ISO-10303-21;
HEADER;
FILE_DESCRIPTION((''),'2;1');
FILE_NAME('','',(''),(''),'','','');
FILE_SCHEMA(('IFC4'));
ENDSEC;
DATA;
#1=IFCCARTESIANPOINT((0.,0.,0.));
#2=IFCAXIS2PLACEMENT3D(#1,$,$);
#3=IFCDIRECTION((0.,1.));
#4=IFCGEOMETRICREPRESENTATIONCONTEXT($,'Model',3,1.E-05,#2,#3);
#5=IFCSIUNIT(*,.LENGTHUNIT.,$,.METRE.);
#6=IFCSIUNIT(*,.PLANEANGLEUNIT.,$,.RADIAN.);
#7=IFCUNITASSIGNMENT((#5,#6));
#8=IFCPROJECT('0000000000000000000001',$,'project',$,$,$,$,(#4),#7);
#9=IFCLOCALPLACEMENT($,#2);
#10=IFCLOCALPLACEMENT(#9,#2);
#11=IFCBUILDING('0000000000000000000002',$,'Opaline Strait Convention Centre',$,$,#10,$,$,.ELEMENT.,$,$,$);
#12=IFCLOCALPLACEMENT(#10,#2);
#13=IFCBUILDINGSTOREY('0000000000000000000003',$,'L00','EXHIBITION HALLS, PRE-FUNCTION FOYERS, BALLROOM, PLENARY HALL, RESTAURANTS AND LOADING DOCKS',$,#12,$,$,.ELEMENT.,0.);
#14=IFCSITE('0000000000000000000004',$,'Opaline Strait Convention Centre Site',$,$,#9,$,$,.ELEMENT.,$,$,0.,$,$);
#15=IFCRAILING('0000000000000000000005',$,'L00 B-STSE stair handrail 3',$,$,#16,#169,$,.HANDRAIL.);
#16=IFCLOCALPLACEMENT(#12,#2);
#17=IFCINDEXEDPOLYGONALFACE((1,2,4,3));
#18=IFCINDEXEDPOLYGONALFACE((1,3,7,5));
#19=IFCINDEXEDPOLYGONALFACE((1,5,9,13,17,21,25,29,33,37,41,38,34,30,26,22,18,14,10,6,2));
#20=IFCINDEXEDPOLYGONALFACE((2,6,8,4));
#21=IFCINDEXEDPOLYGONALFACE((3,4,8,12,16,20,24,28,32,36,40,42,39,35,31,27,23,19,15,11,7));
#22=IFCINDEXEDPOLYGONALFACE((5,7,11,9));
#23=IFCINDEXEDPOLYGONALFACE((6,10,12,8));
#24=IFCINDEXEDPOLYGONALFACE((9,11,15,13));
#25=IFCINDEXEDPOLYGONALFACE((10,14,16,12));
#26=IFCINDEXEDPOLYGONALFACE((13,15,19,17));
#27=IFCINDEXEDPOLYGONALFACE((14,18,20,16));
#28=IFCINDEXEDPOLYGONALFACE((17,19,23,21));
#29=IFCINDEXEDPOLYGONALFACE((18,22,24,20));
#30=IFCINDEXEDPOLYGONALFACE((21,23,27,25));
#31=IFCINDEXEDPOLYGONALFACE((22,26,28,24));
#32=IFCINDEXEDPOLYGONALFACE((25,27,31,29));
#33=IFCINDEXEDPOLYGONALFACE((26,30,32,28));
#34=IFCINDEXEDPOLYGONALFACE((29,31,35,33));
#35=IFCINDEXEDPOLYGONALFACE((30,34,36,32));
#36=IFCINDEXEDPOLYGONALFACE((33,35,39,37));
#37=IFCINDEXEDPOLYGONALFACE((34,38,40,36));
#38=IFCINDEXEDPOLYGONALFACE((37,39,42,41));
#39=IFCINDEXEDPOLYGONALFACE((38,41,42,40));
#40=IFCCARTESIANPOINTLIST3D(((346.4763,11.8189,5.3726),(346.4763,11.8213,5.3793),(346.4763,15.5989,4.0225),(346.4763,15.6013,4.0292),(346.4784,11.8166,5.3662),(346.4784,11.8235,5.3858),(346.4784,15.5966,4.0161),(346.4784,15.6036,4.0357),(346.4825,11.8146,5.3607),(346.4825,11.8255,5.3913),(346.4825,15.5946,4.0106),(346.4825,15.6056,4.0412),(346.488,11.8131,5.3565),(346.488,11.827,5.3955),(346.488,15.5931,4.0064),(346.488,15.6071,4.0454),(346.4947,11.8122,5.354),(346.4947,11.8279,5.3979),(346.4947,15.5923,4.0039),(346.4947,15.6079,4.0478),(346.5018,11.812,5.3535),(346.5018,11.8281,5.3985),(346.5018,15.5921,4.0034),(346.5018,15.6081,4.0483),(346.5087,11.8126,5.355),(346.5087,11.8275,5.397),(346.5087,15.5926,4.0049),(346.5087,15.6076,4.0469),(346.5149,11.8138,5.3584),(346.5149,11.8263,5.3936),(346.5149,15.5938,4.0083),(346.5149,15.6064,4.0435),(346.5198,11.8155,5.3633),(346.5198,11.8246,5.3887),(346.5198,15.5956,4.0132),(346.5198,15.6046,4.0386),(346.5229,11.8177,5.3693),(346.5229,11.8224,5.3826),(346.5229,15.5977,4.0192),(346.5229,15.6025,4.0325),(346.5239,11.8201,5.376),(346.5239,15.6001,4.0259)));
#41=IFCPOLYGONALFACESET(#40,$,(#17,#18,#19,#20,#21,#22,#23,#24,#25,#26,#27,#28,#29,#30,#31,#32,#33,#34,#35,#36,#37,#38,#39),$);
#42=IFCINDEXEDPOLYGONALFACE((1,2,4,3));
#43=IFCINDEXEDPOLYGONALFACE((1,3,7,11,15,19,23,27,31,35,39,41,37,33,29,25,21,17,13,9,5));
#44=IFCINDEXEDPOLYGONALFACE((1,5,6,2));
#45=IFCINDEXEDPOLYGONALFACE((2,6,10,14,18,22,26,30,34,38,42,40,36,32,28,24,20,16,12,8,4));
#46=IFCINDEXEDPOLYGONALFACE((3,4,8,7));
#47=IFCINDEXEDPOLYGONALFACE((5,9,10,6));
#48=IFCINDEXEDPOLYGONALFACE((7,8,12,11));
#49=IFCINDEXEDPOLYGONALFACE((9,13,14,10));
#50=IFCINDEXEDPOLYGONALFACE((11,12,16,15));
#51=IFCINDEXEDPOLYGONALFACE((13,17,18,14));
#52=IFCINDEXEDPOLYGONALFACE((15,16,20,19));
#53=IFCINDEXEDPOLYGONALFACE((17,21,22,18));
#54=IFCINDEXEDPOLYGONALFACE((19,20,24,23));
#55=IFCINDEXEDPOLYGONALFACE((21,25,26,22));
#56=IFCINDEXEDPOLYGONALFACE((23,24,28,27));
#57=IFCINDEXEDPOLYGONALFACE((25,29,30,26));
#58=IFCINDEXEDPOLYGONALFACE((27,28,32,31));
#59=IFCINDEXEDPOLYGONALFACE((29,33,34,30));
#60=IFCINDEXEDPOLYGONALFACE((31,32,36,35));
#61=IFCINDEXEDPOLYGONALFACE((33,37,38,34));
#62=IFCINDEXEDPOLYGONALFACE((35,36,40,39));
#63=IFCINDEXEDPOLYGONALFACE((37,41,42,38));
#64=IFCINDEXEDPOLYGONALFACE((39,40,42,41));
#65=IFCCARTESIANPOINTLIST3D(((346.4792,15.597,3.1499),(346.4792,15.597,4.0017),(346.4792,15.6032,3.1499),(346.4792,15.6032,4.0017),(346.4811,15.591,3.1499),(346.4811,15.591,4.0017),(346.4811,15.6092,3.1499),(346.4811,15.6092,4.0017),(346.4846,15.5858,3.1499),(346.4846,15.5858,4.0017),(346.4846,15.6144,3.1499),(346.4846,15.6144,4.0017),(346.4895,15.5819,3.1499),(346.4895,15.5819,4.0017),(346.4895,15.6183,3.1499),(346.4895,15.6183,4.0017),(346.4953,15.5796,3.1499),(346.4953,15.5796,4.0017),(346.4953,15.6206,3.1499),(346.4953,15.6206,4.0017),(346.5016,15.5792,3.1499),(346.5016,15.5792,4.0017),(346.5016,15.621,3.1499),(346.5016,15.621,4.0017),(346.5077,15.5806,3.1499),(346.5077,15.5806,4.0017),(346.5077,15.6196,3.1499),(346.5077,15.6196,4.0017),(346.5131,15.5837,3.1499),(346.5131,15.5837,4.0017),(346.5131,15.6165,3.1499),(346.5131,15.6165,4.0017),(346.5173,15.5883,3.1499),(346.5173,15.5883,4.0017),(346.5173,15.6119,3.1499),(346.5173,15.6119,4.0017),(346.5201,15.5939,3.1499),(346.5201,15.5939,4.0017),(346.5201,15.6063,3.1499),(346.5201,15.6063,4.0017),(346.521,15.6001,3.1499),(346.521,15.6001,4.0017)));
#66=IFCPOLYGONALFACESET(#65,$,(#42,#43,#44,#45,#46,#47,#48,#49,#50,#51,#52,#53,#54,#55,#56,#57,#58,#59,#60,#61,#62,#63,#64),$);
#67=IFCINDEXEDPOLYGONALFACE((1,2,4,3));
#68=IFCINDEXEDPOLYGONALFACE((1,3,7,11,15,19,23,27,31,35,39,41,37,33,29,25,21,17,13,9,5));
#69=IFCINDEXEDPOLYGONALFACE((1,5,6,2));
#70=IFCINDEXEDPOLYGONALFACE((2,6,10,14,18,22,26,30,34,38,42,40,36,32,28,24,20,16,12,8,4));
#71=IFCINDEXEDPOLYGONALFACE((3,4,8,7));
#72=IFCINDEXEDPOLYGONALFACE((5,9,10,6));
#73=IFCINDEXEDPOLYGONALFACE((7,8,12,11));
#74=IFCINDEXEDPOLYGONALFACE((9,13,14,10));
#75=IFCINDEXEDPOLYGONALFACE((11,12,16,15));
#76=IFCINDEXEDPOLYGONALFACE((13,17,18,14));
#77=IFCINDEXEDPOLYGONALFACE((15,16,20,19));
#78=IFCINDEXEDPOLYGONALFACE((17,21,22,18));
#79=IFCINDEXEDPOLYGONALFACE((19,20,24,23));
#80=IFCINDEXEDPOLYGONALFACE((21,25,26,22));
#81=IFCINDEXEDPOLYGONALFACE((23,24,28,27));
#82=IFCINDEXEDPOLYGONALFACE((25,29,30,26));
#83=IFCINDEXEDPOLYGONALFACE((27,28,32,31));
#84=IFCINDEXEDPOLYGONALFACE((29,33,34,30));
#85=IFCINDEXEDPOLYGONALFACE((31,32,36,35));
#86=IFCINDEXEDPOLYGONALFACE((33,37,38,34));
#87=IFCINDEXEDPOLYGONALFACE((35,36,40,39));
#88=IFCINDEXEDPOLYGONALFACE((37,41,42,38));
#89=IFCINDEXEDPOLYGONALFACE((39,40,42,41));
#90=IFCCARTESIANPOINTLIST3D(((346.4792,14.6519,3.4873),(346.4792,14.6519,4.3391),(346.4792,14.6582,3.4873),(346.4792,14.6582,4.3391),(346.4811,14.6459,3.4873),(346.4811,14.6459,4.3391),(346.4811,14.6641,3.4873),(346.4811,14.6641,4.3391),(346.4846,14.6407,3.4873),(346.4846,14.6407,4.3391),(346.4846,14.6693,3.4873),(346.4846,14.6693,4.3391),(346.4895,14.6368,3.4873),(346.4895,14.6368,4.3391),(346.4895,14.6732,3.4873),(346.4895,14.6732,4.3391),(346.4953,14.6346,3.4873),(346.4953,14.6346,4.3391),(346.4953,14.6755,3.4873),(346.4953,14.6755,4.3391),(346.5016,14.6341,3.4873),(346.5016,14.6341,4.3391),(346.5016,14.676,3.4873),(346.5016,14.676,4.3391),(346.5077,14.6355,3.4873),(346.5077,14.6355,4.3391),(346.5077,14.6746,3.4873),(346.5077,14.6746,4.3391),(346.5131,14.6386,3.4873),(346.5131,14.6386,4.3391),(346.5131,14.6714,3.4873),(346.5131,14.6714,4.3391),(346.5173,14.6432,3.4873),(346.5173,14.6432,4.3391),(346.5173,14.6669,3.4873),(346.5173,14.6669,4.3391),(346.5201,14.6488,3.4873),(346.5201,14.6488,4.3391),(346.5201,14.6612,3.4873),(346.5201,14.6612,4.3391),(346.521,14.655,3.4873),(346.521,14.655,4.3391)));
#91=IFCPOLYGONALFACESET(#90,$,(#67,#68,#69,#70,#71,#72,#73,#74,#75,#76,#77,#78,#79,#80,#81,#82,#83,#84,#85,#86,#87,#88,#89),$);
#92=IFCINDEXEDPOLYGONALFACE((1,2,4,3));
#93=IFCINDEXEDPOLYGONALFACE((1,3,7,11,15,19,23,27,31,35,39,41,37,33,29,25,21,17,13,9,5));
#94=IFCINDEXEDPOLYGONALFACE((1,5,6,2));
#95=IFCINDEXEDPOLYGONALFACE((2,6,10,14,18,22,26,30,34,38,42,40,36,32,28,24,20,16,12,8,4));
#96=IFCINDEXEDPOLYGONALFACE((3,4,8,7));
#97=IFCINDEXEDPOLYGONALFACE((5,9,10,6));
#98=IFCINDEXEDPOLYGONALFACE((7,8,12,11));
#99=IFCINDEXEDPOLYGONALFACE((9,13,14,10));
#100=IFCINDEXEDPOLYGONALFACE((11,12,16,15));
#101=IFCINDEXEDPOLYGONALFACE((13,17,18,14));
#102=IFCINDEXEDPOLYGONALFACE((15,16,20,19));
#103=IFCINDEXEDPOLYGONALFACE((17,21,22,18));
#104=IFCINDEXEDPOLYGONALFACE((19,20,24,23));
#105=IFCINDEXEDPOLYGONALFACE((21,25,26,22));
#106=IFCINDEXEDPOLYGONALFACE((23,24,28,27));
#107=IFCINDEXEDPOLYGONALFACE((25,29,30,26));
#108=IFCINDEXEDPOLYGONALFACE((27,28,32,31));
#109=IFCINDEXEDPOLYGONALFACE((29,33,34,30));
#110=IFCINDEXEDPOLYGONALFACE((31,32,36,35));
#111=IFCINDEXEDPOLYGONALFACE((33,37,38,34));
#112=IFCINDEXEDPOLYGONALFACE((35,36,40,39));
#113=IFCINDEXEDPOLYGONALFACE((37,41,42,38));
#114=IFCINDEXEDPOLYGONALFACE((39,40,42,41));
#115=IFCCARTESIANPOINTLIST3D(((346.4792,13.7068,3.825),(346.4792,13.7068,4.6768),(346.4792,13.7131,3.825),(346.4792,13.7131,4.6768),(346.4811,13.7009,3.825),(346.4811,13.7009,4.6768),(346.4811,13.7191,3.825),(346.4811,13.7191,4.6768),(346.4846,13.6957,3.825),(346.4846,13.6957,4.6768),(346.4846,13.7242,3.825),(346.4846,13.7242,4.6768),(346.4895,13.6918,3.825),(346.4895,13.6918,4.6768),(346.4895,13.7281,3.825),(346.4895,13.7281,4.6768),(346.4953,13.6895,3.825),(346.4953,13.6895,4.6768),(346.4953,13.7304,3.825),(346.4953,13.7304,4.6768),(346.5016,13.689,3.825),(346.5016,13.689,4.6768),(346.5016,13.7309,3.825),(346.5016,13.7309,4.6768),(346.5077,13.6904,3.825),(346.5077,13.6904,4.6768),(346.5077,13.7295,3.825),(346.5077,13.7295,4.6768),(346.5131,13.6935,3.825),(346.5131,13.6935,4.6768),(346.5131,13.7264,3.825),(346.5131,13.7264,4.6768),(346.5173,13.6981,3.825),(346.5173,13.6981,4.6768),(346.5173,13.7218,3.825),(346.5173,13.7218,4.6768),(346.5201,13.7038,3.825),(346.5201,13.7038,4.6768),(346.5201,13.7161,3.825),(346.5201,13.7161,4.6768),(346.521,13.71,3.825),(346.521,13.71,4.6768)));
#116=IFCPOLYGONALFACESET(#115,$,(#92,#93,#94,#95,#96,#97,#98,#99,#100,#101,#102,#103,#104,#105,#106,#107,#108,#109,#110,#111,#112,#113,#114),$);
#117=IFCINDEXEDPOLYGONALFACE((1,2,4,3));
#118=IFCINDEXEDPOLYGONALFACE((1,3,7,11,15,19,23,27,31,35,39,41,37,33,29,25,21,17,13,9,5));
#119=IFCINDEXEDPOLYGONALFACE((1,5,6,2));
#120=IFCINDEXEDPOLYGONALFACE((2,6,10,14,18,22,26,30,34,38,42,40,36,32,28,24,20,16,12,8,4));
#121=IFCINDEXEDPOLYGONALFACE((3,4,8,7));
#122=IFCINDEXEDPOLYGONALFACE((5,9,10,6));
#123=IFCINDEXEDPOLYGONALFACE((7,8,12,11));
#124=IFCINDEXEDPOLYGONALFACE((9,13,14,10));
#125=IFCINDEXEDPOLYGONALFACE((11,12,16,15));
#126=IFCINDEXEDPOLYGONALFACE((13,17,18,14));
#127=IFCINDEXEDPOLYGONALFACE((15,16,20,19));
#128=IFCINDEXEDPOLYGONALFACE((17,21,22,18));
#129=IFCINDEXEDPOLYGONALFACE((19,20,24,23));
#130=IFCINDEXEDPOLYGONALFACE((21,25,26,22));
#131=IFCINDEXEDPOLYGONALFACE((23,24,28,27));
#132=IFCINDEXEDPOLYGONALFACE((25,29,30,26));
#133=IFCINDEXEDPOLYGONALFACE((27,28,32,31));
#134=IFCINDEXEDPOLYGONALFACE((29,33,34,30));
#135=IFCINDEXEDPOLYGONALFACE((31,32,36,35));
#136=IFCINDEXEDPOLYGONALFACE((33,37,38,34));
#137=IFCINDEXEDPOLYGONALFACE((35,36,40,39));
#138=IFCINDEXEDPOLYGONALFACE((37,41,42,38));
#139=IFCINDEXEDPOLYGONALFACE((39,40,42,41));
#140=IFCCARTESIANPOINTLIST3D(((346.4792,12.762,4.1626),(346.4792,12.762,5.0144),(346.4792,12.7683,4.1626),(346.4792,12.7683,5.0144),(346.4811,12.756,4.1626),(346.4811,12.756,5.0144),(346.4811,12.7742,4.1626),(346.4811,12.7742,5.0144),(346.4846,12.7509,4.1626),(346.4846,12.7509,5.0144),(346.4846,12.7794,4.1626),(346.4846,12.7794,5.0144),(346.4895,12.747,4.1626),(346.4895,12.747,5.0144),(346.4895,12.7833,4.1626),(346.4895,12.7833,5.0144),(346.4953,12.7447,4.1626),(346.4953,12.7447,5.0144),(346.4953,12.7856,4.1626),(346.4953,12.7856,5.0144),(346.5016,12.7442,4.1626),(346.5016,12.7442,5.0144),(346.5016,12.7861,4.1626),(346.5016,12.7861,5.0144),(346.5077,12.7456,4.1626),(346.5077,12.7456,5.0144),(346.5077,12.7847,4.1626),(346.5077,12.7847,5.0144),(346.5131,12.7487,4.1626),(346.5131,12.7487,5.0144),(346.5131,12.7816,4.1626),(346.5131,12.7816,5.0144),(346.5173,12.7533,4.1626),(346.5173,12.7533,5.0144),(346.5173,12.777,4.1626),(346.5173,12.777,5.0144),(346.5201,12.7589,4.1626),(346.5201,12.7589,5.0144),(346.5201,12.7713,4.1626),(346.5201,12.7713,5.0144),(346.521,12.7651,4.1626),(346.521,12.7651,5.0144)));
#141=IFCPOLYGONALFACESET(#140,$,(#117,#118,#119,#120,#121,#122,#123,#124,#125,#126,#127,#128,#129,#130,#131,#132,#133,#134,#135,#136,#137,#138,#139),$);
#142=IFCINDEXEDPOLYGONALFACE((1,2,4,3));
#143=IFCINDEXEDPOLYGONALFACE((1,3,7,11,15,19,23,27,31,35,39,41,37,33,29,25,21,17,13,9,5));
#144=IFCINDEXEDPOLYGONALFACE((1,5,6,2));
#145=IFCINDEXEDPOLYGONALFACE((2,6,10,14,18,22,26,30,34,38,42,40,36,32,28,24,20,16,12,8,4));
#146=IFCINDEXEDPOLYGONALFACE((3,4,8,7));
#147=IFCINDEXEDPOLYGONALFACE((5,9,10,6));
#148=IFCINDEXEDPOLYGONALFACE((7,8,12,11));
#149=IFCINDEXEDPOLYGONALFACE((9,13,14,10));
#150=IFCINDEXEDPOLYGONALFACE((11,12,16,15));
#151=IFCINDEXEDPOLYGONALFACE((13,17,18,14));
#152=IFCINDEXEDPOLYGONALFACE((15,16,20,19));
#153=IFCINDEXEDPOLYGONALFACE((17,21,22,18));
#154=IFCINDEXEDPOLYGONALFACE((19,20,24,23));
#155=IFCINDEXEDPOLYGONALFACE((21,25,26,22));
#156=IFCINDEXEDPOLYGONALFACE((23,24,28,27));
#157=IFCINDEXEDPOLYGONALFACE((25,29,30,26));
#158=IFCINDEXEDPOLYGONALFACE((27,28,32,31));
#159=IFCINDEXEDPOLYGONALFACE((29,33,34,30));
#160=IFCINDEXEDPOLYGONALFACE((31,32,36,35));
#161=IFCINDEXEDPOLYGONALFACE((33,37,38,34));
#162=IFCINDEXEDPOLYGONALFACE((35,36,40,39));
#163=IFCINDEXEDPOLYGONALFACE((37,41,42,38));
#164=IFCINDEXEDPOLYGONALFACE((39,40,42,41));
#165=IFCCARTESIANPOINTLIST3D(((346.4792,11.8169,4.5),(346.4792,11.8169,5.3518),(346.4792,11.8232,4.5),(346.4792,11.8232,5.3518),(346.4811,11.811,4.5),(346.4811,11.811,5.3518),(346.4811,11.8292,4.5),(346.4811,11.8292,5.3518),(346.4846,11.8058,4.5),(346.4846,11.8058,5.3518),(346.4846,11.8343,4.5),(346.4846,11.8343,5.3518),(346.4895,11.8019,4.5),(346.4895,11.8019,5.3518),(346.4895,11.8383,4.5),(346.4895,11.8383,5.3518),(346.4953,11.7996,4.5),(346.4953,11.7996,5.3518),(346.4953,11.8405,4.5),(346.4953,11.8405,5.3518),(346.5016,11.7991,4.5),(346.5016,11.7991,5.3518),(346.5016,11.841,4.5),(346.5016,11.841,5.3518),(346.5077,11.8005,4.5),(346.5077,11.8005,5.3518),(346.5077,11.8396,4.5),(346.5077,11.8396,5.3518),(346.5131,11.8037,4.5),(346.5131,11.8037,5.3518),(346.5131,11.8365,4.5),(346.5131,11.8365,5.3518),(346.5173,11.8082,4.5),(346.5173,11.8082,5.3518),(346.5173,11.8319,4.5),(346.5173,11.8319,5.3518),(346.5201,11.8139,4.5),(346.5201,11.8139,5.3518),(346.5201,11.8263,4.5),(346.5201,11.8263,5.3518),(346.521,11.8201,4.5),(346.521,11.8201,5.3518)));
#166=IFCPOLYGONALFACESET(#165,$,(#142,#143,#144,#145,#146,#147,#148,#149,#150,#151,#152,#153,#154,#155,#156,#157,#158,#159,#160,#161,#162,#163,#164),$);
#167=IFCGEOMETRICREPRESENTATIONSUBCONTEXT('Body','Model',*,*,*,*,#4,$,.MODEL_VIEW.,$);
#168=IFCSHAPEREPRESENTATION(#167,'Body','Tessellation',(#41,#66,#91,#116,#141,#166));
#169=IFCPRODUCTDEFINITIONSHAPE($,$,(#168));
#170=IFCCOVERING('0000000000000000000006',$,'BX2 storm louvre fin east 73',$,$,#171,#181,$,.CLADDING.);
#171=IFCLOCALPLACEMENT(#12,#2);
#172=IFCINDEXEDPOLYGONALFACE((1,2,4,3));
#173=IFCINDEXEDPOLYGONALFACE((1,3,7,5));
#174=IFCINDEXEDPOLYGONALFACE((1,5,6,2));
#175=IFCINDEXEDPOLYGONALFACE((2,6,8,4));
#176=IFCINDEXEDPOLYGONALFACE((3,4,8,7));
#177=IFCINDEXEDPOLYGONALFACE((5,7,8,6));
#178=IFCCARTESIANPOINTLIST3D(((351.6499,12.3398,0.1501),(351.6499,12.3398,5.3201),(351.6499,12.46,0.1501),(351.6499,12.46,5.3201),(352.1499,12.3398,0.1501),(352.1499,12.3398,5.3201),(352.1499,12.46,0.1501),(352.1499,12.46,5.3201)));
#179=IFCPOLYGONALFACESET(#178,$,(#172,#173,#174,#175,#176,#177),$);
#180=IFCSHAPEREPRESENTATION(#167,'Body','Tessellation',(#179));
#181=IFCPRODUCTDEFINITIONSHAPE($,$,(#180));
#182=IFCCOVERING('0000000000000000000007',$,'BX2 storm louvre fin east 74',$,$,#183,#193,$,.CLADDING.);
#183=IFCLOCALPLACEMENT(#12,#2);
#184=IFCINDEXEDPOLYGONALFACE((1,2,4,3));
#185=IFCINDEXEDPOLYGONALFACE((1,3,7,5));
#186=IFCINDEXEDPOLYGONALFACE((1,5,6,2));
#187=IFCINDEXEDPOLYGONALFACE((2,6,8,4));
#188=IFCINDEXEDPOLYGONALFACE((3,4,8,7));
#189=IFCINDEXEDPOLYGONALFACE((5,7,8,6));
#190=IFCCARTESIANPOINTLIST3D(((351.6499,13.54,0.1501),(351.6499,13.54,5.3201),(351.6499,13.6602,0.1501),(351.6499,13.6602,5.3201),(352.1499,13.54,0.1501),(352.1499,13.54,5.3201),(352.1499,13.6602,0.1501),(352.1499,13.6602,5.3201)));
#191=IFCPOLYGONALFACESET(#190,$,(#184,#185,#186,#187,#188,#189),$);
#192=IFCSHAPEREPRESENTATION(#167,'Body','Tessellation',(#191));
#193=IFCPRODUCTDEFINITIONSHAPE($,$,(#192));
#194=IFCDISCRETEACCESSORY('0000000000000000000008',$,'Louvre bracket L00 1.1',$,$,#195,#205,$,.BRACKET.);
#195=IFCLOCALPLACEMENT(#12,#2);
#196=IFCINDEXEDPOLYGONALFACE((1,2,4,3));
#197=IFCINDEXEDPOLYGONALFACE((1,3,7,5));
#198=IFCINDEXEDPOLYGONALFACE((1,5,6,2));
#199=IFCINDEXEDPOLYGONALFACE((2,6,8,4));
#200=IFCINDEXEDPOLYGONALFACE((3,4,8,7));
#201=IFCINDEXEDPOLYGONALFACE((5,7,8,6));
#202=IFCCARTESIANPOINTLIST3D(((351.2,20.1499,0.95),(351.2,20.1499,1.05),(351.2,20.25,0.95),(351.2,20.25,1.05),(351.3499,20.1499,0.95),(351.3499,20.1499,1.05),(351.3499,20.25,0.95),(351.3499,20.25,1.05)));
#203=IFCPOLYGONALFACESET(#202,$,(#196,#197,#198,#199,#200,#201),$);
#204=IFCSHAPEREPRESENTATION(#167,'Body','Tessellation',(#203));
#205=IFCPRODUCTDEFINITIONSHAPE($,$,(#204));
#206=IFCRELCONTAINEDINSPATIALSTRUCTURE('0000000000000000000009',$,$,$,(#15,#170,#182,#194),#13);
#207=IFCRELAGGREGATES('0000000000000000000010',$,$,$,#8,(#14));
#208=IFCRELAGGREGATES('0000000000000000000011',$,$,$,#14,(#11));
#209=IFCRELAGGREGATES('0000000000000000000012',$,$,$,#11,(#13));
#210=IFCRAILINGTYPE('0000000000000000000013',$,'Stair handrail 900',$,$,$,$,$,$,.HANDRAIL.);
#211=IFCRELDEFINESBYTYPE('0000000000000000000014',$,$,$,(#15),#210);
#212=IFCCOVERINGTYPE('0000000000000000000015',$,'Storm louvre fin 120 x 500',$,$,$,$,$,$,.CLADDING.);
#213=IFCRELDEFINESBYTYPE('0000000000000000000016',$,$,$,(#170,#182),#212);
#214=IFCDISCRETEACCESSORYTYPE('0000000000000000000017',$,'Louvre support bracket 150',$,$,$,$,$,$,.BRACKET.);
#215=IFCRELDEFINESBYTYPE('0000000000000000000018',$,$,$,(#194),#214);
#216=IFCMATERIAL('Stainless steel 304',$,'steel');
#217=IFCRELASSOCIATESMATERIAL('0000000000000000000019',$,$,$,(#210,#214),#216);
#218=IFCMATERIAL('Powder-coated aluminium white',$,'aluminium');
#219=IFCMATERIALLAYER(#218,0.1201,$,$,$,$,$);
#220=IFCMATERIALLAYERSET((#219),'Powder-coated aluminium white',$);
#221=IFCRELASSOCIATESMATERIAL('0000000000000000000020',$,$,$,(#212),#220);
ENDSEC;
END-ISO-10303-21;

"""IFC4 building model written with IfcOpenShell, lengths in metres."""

from ifc_helpers import new_model, si_unit, direction, frame, origin, origin_2d, place, context, subcontext, project, spatial, rectangle, circle, extrude, material, layer, layer_set, type_object, element, save


model = new_model("IFC4")

# Units and contexts
model_context = context("Model", 3, precision=1e-05, world=origin(), true_north=direction((0.0, 1.0)))
body_context = subcontext(model_context, "Body", "Model", "MODEL_VIEW")
ifc_project = project(units=[si_unit("LENGTHUNIT", "METRE"), si_unit("PLANEANGLEUNIT", "RADIAN")], contexts=[model_context])

# Site, building, storey
site_placement = place(None, origin())
site = spatial("IfcSite", under=ifc_project, at=site_placement, Name="Opaline Strait Convention Centre Site", CompositionType="ELEMENT", RefElevation=0.0)
building_placement = place(site_placement, origin())
building = spatial("IfcBuilding", under=site, at=building_placement, Name="Opaline Strait Convention Centre", CompositionType="ELEMENT")
storey_placement = place(building_placement, origin())
storey = spatial("IfcBuildingStorey", under=building, at=storey_placement, Name="L00", Description="EXHIBITION HALLS, PRE-FUNCTION FOYERS, BALLROOM, PLENARY HALL, RESTAURANTS AND LOADING DOCKS", CompositionType="ELEMENT", Elevation=0.0)

# Railing
ifc_material_1 = material(Name="Stainless steel 304", Category="steel")
railing_type_1 = type_object("IfcRailingType", Name="Stair handrail 900", PredefinedType="HANDRAIL", material=ifc_material_1)
for number, where, name in (
    (1, (346.5, 15.6001, 3.1499), "L00 B-STSE stair handrail 3"),
):
    element("IfcRailing", number, at=place(storey_placement, frame(where)), inside=storey, type_object=railing_type_1, Name=name, PredefinedType="HANDRAIL", context=body_context, shape_type="SweptSolid", body=[
        extrude(circle(Radius=0.0239, at=origin_2d()), frame((0.0, 0.0, 0.876), z_axis=(0.0, -0.941735, 0.336356), x_axis=(1.0, 0.0, 0.0)), (0.0, 0.0, 1.0), 4.0139),
        extrude(circle(Radius=0.021, at=origin_2d()), origin(), (0.0, 0.0, 1.0), 0.8518),
        extrude(circle(Radius=0.021, at=origin_2d()), frame((0.0, -0.9451, 0.3374)), (0.0, 0.0, 1.0), 0.8518),
        extrude(circle(Radius=0.021, at=origin_2d()), frame((0.0, -1.8901, 0.675)), (0.0, 0.0, 1.0), 0.8518),
        extrude(circle(Radius=0.021, at=origin_2d()), frame((0.0, -2.835, 1.0127)), (0.0, 0.0, 1.0), 0.8518),
        extrude(circle(Radius=0.021, at=origin_2d()), frame((0.0, -3.78, 1.3501)), (0.0, 0.0, 1.0), 0.8518),
    ])

# Coverings
ifc_material_2 = material(Name="Powder-coated aluminium white", Category="aluminium")
ifc_layer_1 = layer(ifc_material_2, 0.1201)
ifc_layer_set_1 = layer_set([ifc_layer_1], Name="Powder-coated aluminium white")
covering_type = type_object("IfcCoveringType", Name="Storm louvre fin 120 x 500", PredefinedType="CLADDING", material=ifc_layer_set_1)
for number, where, z_axis, x_axis, name in (
    (2, (351.8999, 12.3999, 0.1501), (0.0, 0.0, 1.0), (1.0, 0.0, 0.0), "BX2 storm louvre fin east 73"),
    (3, (351.8999, 13.6001, 0.1501), (0.0, 0.0, 1.0), (1.0, 0.0, 0.0), "BX2 storm louvre fin east 74"),
):
    element("IfcCovering", number, at=place(storey_placement, frame(where, z_axis=z_axis, x_axis=x_axis)), inside=storey, type_object=covering_type, Name=name, PredefinedType="CLADDING", context=body_context, shape_type="SweptSolid", body=[
        extrude(rectangle(XDim=0.5, YDim=0.1201, at=origin_2d()), origin(), (0.0, 0.0, 1.0), 5.1699),
    ])

# Discrete accessory
discrete_accessory_type_1 = type_object("IfcDiscreteAccessoryType", Name="Louvre support bracket 150", PredefinedType="BRACKET", material=ifc_material_1)
discrete_accessory_1_placement = place(storey_placement, frame((351.2749, 20.2, 0.95), z_axis=(0.0, 0.0, 1.0), x_axis=(1.0, 0.0, 0.0)))
element("IfcDiscreteAccessory", 4, at=discrete_accessory_1_placement, inside=storey, type_object=discrete_accessory_type_1, Name="Louvre bracket L00 1.1", PredefinedType="BRACKET", context=body_context, shape_type="SweptSolid", body=[
    extrude(rectangle(XDim=0.1499, YDim=0.1001, at=origin_2d()), origin(), (0.0, 0.0, 1.0), 0.1001),
])

save(model, "model.ifc")
